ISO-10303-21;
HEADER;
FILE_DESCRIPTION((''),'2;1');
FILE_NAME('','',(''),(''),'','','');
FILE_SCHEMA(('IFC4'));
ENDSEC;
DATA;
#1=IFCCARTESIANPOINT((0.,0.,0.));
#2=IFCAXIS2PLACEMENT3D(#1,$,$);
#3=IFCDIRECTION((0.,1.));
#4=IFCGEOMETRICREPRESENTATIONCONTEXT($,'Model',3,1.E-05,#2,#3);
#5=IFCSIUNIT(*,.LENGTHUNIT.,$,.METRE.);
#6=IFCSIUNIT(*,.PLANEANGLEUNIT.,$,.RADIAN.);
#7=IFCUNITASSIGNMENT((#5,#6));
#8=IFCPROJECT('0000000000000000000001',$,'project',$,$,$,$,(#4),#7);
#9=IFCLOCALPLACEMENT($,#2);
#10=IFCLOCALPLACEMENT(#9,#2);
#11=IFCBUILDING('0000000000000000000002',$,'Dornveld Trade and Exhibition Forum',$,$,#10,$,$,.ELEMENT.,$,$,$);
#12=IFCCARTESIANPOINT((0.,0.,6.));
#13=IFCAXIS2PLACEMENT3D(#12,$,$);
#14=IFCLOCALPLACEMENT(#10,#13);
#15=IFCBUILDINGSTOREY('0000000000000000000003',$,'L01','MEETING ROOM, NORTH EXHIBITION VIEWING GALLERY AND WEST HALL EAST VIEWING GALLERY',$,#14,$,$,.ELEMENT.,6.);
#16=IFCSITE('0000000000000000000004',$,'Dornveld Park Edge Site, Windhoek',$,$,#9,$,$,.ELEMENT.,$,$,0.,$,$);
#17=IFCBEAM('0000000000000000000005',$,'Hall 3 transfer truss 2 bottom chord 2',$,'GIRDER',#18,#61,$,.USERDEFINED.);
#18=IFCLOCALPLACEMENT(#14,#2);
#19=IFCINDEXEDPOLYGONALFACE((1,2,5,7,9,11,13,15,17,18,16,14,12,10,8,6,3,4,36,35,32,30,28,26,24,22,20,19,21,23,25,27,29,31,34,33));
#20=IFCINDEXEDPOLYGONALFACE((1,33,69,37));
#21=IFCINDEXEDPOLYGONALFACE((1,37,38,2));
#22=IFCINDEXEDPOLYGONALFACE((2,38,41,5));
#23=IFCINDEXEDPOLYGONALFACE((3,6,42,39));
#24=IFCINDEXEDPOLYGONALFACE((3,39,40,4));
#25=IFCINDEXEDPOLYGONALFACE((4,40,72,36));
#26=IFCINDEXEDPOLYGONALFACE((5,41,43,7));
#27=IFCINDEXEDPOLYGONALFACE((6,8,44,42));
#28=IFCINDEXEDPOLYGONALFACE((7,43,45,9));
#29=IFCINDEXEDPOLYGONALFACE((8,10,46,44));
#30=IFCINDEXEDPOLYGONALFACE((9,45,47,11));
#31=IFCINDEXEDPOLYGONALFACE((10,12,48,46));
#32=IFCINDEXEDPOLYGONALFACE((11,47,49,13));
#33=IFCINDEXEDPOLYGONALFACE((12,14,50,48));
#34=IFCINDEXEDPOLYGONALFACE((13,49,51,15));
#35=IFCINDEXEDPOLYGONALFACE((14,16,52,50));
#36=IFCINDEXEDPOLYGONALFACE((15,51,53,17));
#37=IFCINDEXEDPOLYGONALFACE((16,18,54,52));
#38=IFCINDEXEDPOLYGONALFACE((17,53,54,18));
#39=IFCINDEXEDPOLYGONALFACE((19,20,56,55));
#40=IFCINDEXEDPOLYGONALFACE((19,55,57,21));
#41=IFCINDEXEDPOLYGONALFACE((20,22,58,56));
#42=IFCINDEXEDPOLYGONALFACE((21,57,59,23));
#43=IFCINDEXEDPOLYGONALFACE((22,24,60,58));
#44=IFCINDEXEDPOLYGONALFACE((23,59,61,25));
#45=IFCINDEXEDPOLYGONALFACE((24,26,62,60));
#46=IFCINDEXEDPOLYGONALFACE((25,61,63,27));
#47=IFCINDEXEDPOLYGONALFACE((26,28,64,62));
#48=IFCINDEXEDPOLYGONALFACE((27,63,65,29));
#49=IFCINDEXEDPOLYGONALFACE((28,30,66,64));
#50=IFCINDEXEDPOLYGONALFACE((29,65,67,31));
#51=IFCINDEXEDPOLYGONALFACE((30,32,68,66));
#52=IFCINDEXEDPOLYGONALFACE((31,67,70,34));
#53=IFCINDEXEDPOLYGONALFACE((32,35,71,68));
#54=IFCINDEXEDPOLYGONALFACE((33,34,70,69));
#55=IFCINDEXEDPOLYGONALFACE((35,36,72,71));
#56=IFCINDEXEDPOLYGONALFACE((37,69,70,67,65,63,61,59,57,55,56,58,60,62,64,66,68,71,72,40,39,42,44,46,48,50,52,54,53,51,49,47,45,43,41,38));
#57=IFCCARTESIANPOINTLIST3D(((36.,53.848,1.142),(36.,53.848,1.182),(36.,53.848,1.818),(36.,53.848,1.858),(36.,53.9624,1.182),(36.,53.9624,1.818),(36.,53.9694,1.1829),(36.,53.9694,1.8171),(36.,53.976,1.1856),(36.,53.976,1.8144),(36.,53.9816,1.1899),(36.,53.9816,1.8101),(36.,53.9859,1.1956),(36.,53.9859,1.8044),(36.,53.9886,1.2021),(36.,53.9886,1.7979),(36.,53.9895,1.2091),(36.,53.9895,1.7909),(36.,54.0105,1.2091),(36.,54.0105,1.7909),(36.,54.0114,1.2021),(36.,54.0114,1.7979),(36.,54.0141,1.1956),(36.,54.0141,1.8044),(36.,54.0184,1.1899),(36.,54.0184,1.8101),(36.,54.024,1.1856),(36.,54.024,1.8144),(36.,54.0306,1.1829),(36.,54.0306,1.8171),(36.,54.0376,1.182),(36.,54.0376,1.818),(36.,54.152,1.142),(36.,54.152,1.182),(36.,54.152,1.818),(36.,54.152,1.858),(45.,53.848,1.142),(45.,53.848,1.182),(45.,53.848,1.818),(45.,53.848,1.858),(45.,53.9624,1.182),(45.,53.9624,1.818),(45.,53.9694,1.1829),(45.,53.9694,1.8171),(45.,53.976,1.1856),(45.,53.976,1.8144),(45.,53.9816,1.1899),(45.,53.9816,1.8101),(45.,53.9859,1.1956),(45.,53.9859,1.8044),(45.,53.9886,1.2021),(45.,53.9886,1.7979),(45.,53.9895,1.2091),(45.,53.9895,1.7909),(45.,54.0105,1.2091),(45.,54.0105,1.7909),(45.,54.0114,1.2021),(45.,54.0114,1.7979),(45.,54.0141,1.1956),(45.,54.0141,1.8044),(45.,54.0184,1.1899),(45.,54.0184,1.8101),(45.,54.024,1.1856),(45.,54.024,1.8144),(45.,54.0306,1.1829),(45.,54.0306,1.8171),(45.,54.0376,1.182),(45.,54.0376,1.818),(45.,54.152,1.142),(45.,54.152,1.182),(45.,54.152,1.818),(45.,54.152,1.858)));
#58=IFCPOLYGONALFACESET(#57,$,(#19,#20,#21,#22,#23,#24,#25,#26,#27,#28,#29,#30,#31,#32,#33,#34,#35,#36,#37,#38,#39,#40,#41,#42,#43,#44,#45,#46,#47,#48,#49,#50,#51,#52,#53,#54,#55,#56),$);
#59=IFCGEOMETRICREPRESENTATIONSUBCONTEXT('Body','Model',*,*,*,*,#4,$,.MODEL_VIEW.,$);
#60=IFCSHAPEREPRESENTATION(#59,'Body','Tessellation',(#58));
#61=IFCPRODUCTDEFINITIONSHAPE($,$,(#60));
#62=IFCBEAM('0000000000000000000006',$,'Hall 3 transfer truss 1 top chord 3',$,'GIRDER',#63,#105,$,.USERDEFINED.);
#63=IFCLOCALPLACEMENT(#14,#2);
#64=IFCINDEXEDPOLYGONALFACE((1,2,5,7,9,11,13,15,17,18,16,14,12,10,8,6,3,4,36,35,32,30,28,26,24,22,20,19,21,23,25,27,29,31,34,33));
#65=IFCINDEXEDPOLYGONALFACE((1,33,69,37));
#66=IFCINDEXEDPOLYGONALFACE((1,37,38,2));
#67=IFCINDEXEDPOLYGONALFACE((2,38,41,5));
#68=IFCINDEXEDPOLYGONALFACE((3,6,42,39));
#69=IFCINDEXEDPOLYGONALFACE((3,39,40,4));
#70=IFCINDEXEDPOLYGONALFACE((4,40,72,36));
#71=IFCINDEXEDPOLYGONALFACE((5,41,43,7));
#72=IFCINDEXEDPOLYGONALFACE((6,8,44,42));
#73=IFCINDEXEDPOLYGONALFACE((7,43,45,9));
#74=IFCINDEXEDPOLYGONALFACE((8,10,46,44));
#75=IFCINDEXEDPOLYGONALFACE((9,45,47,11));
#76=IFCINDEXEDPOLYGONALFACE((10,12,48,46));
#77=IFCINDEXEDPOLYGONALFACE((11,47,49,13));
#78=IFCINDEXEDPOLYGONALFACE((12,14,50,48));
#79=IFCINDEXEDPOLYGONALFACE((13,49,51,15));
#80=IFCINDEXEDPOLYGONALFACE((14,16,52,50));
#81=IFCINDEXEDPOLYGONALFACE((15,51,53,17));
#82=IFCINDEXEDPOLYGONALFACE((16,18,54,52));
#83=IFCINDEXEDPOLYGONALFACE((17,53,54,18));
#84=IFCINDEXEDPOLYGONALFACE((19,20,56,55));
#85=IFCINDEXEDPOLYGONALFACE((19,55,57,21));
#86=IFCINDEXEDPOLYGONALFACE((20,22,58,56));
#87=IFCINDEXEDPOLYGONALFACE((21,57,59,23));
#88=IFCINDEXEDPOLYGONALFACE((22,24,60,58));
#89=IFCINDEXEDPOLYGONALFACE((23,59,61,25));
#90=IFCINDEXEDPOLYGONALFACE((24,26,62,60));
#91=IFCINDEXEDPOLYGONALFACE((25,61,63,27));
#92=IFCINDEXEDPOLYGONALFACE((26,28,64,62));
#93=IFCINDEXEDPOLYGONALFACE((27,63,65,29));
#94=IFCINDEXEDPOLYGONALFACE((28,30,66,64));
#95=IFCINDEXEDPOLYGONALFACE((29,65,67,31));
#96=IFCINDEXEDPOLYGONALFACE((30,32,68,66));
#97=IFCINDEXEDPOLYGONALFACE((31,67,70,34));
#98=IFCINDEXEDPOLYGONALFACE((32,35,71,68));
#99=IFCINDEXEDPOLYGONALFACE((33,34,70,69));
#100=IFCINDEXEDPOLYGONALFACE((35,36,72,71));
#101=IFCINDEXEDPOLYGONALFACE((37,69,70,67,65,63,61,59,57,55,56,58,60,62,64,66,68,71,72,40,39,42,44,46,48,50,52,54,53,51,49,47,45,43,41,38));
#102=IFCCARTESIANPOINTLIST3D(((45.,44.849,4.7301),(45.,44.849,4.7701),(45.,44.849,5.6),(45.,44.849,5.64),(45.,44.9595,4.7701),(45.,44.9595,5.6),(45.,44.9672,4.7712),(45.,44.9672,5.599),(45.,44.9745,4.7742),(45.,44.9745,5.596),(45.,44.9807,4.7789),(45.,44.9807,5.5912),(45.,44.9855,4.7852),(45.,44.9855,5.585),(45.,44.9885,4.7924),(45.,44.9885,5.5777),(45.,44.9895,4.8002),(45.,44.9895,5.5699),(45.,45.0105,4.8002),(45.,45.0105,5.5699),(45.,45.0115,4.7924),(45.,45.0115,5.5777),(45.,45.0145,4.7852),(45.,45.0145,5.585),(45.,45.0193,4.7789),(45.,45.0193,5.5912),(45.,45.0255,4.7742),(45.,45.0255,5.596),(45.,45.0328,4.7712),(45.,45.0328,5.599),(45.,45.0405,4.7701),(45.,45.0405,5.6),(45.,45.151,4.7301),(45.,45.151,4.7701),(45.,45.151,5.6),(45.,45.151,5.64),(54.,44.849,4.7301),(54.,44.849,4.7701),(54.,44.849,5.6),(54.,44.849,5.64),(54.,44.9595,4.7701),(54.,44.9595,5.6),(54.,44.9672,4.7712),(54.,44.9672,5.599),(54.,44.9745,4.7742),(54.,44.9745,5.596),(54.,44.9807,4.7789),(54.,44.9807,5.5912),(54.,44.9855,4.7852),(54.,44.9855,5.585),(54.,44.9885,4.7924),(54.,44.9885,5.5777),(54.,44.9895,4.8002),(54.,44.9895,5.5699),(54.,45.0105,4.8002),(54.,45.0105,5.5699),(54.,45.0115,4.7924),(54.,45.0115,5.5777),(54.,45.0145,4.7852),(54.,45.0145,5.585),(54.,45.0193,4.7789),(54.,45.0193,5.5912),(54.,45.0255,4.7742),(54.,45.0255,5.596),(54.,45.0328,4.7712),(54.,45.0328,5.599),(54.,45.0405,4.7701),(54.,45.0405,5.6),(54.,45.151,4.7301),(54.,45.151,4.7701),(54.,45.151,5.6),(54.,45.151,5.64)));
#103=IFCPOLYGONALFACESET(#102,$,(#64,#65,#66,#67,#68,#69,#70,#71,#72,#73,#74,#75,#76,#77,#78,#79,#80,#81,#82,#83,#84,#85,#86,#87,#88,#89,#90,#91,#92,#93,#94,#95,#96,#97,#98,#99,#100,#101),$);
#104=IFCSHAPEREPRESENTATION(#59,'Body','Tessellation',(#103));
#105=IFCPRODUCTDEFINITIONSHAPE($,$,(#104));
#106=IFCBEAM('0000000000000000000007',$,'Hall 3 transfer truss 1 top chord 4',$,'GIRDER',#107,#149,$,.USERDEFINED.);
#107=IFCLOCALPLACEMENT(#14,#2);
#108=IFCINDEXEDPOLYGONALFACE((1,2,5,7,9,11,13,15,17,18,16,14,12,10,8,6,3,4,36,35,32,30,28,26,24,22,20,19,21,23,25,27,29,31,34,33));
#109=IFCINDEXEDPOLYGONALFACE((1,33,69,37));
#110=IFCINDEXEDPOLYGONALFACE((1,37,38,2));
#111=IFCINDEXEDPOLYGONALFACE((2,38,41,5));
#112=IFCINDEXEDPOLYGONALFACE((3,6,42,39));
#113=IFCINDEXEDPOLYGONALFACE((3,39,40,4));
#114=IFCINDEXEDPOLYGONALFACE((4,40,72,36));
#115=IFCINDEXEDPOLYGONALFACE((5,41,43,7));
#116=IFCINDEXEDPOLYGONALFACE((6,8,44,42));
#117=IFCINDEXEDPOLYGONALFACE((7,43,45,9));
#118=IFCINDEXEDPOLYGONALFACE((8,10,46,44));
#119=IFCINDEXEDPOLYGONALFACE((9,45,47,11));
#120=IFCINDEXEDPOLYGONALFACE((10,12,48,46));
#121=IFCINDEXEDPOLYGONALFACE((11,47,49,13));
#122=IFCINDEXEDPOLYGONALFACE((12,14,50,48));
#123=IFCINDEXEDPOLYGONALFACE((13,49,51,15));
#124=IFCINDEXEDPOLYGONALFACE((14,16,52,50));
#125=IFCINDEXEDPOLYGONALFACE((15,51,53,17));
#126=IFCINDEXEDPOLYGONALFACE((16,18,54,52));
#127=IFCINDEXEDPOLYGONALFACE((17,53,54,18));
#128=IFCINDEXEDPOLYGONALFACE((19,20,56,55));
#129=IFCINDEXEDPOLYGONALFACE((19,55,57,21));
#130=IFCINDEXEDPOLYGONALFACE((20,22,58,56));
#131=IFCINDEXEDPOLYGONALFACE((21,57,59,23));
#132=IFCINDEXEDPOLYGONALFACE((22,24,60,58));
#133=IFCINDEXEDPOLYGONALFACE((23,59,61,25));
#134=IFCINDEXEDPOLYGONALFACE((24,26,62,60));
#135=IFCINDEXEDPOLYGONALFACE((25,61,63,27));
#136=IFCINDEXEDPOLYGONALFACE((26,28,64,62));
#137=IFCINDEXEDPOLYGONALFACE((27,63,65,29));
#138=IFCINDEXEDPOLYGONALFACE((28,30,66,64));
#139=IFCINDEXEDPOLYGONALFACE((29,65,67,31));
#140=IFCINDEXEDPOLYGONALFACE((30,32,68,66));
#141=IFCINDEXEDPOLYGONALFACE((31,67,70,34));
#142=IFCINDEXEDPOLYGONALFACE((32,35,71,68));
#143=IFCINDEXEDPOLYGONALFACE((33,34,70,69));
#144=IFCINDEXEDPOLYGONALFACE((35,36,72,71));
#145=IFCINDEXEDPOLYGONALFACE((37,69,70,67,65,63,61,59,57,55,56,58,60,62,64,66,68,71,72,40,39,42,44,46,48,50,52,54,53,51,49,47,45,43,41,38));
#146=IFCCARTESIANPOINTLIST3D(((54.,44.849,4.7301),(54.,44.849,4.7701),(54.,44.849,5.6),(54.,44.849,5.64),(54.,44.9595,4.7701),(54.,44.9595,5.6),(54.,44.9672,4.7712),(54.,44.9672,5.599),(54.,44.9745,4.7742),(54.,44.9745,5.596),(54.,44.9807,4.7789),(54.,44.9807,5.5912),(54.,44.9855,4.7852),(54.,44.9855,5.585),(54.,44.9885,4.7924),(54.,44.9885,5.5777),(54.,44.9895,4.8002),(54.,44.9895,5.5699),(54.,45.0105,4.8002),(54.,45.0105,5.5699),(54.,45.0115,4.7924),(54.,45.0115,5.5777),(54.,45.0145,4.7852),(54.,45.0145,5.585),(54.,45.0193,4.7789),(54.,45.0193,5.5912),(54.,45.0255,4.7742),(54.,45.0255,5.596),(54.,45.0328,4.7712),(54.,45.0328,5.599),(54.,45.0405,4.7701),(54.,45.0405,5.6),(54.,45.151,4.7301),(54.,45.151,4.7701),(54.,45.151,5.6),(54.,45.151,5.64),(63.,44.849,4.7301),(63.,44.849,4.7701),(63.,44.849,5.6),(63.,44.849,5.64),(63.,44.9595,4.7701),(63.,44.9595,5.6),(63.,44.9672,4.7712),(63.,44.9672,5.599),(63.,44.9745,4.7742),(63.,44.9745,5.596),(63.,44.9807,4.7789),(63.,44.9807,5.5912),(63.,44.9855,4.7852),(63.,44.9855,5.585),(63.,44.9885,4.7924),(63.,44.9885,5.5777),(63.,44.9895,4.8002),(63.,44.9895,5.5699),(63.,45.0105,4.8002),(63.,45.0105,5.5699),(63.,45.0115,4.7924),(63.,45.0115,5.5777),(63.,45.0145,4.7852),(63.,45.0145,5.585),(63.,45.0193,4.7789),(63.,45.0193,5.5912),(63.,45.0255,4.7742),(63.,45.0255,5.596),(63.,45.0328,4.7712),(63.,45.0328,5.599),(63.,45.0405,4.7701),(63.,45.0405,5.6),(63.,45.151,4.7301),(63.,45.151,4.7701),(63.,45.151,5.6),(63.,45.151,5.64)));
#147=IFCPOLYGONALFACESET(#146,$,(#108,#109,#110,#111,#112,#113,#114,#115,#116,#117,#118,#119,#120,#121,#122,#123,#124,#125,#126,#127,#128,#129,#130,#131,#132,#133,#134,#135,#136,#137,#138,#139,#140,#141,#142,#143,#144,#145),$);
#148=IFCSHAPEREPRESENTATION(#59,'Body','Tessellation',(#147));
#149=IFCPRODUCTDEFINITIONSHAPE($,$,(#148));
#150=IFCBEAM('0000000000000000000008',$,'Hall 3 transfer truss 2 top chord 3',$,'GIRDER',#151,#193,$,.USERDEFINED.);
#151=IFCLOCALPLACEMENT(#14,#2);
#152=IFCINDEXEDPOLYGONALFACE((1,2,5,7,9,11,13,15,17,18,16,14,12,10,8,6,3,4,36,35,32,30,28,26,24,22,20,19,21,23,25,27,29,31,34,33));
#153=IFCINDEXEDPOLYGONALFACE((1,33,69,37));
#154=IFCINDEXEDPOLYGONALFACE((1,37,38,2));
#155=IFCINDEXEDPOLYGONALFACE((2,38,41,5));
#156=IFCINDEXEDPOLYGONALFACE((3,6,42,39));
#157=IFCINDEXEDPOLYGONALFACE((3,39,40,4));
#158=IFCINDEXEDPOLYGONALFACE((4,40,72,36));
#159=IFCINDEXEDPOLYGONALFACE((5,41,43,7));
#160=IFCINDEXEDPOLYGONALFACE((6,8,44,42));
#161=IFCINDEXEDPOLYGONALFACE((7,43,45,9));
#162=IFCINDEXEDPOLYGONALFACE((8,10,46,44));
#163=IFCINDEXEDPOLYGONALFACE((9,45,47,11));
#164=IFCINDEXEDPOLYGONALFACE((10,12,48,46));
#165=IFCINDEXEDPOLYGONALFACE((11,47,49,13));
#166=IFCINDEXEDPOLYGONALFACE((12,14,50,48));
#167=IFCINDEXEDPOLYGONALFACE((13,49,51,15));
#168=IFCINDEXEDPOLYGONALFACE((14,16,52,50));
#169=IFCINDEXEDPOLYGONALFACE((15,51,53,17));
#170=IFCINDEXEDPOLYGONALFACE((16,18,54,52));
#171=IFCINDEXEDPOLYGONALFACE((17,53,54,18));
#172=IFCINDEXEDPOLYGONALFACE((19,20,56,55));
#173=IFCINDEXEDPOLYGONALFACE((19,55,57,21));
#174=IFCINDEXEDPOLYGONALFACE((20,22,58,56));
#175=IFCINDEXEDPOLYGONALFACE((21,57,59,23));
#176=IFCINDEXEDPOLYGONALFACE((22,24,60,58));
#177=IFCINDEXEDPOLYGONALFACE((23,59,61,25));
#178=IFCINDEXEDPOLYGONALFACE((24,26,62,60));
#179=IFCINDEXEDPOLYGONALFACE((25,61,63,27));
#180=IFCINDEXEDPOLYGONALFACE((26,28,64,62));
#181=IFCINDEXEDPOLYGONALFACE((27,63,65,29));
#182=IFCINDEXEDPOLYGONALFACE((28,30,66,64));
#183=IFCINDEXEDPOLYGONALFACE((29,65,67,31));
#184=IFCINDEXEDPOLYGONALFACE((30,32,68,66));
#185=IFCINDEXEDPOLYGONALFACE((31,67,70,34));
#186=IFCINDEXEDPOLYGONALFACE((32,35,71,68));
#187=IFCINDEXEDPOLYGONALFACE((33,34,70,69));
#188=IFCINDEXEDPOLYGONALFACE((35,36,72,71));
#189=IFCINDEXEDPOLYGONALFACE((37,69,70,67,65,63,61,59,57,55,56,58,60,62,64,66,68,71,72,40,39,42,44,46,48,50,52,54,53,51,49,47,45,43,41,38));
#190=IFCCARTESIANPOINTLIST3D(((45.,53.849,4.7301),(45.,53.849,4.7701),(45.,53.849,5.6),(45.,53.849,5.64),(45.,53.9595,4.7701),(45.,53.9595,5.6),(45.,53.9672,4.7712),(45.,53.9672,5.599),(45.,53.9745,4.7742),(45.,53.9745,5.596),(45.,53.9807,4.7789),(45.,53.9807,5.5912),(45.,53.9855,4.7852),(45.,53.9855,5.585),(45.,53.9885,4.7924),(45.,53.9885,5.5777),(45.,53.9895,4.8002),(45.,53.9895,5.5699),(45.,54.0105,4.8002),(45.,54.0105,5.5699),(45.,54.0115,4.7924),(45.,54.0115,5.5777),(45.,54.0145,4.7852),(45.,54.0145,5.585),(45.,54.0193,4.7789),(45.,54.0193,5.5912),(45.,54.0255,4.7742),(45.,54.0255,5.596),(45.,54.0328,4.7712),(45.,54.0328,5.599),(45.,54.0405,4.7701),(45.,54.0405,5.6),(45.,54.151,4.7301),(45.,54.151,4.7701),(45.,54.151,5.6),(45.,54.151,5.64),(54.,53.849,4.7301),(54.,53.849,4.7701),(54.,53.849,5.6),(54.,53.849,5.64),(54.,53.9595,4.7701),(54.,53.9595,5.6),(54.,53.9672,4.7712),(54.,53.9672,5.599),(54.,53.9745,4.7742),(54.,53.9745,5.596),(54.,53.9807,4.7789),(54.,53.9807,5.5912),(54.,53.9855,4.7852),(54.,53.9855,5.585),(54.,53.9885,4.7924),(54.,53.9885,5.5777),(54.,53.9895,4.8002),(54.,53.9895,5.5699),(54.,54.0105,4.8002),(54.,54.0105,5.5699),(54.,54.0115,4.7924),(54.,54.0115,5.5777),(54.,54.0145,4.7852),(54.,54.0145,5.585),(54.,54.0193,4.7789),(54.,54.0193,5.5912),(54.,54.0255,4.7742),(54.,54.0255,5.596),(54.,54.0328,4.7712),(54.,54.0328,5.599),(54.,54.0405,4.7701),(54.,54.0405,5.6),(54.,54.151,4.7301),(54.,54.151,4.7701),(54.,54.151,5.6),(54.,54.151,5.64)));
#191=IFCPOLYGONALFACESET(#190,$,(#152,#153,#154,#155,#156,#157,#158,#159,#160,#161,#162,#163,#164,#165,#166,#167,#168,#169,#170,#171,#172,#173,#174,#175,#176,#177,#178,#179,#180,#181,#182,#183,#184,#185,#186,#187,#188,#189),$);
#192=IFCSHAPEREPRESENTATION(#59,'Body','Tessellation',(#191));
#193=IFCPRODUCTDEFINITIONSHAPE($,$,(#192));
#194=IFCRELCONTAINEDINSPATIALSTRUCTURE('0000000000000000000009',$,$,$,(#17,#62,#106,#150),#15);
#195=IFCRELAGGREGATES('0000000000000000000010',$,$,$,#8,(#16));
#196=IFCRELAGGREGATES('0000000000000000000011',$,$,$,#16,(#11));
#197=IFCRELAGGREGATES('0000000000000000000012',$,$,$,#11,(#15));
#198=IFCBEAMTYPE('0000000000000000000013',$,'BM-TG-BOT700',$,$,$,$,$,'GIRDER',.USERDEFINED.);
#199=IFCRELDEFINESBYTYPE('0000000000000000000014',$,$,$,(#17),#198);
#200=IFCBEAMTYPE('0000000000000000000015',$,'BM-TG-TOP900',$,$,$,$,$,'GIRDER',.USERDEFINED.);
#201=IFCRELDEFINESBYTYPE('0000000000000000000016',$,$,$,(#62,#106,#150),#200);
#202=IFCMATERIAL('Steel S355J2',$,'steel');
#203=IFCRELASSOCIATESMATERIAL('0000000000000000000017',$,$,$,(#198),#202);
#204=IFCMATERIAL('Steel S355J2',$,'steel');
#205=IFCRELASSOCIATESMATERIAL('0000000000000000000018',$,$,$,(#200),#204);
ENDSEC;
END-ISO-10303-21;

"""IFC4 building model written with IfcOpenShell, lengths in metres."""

from ifc_helpers import new_model, si_unit, direction, frame, origin, origin_2d, place, context, subcontext, project, spatial, i_section, extrude, material, material_profile, profile_set, type_object, element, save


model = new_model("IFC4")

# Units and contexts
model_context = context("Model", 3, precision=1e-05, world=origin(), true_north=direction((0.0, 1.0)))
body_context = subcontext(model_context, "Body", "Model", "MODEL_VIEW")
ifc_project = project(units=[si_unit("LENGTHUNIT", "METRE"), si_unit("PLANEANGLEUNIT", "RADIAN")], contexts=[model_context])

# Site, building, storey
site_placement = place(None, origin())
site = spatial("IfcSite", under=ifc_project, at=site_placement, Name="Dornveld Park Edge Site, Windhoek", CompositionType="ELEMENT", RefElevation=0.0)
building_placement = place(site_placement, origin())
building = spatial("IfcBuilding", under=site, at=building_placement, Name="Dornveld Trade and Exhibition Forum", CompositionType="ELEMENT")
storey_placement = place(building_placement, frame((0.0, 0.0, 6.0)))
storey = spatial("IfcBuildingStorey", under=building, at=storey_placement, Name="L01", Description="MEETING ROOM, NORTH EXHIBITION VIEWING GALLERY AND WEST HALL EAST VIEWING GALLERY", CompositionType="ELEMENT", Elevation=6.0)

# Beams
ifc_material_1 = material(Name="Steel S355J2", Category="steel")
ifc_material_profile_1 = material_profile(ifc_material_1, i_section(OverallWidth=0.304, OverallDepth=0.7161, WebThickness=0.021, FlangeThickness=0.04, FilletRadius=0.0271, at=origin_2d()), Name="HEM 700")
ifc_profile_set_1 = profile_set([ifc_material_profile_1], Name="Steel S355J2")
beam_type_1 = type_object("IfcBeamType", Name="BM-TG-BOT700", ElementType="GIRDER", PredefinedType="USERDEFINED", material=ifc_profile_set_1)
for number, where, z_axis, x_axis, name in (
    (1, (36.0, 54.0, 1.5), (1.0, 0.0, 0.0), (0.0, 1.0, 0.0), "Hall 3 transfer truss 2 bottom chord 2"),
):
    element("IfcBeam", number, at=place(storey_placement, frame(where, z_axis=z_axis, x_axis=x_axis)), inside=storey, type_object=beam_type_1, Name=name, ObjectType="GIRDER", PredefinedType="USERDEFINED", context=body_context, shape_type="SweptSolid", body=[
        extrude(i_section(OverallWidth=0.304, OverallDepth=0.7161, WebThickness=0.021, FlangeThickness=0.04, FilletRadius=0.0271, at=origin_2d()), origin(), (0.0, 0.0, 1.0), 9.0),
    ])
ifc_material_2 = material(Name="Steel S355J2", Category="steel")
ifc_material_profile_2 = material_profile(ifc_material_2, i_section(OverallWidth=0.302, OverallDepth=0.9099, WebThickness=0.021, FlangeThickness=0.04, FilletRadius=0.03, at=origin_2d()), Name="HEM 900")
ifc_profile_set_2 = profile_set([ifc_material_profile_2], Name="Steel S355J2")
beam_type_2 = type_object("IfcBeamType", Name="BM-TG-TOP900", ElementType="GIRDER", PredefinedType="USERDEFINED", material=ifc_profile_set_2)
for number, where, z_axis, x_axis, name in (
    (2, (45.0, 45.0, 5.1851), (1.0, 0.0, 0.0), (0.0, 1.0, 0.0), "Hall 3 transfer truss 1 top chord 3"),
    (3, (54.0, 45.0, 5.1851), (1.0, 0.0, 0.0), (0.0, 1.0, 0.0), "Hall 3 transfer truss 1 top chord 4"),
    (4, (45.0, 54.0, 5.1851), (1.0, 0.0, 0.0), (0.0, 1.0, 0.0), "Hall 3 transfer truss 2 top chord 3"),
):
    element("IfcBeam", number, at=place(storey_placement, frame(where, z_axis=z_axis, x_axis=x_axis)), inside=storey, type_object=beam_type_2, Name=name, ObjectType="GIRDER", PredefinedType="USERDEFINED", context=body_context, shape_type="SweptSolid", body=[
        extrude(i_section(OverallWidth=0.302, OverallDepth=0.9099, WebThickness=0.021, FlangeThickness=0.04, FilletRadius=0.03, at=origin_2d()), origin(), (0.0, 0.0, 1.0), 9.0),
    ])

save(model, "model.ifc")
